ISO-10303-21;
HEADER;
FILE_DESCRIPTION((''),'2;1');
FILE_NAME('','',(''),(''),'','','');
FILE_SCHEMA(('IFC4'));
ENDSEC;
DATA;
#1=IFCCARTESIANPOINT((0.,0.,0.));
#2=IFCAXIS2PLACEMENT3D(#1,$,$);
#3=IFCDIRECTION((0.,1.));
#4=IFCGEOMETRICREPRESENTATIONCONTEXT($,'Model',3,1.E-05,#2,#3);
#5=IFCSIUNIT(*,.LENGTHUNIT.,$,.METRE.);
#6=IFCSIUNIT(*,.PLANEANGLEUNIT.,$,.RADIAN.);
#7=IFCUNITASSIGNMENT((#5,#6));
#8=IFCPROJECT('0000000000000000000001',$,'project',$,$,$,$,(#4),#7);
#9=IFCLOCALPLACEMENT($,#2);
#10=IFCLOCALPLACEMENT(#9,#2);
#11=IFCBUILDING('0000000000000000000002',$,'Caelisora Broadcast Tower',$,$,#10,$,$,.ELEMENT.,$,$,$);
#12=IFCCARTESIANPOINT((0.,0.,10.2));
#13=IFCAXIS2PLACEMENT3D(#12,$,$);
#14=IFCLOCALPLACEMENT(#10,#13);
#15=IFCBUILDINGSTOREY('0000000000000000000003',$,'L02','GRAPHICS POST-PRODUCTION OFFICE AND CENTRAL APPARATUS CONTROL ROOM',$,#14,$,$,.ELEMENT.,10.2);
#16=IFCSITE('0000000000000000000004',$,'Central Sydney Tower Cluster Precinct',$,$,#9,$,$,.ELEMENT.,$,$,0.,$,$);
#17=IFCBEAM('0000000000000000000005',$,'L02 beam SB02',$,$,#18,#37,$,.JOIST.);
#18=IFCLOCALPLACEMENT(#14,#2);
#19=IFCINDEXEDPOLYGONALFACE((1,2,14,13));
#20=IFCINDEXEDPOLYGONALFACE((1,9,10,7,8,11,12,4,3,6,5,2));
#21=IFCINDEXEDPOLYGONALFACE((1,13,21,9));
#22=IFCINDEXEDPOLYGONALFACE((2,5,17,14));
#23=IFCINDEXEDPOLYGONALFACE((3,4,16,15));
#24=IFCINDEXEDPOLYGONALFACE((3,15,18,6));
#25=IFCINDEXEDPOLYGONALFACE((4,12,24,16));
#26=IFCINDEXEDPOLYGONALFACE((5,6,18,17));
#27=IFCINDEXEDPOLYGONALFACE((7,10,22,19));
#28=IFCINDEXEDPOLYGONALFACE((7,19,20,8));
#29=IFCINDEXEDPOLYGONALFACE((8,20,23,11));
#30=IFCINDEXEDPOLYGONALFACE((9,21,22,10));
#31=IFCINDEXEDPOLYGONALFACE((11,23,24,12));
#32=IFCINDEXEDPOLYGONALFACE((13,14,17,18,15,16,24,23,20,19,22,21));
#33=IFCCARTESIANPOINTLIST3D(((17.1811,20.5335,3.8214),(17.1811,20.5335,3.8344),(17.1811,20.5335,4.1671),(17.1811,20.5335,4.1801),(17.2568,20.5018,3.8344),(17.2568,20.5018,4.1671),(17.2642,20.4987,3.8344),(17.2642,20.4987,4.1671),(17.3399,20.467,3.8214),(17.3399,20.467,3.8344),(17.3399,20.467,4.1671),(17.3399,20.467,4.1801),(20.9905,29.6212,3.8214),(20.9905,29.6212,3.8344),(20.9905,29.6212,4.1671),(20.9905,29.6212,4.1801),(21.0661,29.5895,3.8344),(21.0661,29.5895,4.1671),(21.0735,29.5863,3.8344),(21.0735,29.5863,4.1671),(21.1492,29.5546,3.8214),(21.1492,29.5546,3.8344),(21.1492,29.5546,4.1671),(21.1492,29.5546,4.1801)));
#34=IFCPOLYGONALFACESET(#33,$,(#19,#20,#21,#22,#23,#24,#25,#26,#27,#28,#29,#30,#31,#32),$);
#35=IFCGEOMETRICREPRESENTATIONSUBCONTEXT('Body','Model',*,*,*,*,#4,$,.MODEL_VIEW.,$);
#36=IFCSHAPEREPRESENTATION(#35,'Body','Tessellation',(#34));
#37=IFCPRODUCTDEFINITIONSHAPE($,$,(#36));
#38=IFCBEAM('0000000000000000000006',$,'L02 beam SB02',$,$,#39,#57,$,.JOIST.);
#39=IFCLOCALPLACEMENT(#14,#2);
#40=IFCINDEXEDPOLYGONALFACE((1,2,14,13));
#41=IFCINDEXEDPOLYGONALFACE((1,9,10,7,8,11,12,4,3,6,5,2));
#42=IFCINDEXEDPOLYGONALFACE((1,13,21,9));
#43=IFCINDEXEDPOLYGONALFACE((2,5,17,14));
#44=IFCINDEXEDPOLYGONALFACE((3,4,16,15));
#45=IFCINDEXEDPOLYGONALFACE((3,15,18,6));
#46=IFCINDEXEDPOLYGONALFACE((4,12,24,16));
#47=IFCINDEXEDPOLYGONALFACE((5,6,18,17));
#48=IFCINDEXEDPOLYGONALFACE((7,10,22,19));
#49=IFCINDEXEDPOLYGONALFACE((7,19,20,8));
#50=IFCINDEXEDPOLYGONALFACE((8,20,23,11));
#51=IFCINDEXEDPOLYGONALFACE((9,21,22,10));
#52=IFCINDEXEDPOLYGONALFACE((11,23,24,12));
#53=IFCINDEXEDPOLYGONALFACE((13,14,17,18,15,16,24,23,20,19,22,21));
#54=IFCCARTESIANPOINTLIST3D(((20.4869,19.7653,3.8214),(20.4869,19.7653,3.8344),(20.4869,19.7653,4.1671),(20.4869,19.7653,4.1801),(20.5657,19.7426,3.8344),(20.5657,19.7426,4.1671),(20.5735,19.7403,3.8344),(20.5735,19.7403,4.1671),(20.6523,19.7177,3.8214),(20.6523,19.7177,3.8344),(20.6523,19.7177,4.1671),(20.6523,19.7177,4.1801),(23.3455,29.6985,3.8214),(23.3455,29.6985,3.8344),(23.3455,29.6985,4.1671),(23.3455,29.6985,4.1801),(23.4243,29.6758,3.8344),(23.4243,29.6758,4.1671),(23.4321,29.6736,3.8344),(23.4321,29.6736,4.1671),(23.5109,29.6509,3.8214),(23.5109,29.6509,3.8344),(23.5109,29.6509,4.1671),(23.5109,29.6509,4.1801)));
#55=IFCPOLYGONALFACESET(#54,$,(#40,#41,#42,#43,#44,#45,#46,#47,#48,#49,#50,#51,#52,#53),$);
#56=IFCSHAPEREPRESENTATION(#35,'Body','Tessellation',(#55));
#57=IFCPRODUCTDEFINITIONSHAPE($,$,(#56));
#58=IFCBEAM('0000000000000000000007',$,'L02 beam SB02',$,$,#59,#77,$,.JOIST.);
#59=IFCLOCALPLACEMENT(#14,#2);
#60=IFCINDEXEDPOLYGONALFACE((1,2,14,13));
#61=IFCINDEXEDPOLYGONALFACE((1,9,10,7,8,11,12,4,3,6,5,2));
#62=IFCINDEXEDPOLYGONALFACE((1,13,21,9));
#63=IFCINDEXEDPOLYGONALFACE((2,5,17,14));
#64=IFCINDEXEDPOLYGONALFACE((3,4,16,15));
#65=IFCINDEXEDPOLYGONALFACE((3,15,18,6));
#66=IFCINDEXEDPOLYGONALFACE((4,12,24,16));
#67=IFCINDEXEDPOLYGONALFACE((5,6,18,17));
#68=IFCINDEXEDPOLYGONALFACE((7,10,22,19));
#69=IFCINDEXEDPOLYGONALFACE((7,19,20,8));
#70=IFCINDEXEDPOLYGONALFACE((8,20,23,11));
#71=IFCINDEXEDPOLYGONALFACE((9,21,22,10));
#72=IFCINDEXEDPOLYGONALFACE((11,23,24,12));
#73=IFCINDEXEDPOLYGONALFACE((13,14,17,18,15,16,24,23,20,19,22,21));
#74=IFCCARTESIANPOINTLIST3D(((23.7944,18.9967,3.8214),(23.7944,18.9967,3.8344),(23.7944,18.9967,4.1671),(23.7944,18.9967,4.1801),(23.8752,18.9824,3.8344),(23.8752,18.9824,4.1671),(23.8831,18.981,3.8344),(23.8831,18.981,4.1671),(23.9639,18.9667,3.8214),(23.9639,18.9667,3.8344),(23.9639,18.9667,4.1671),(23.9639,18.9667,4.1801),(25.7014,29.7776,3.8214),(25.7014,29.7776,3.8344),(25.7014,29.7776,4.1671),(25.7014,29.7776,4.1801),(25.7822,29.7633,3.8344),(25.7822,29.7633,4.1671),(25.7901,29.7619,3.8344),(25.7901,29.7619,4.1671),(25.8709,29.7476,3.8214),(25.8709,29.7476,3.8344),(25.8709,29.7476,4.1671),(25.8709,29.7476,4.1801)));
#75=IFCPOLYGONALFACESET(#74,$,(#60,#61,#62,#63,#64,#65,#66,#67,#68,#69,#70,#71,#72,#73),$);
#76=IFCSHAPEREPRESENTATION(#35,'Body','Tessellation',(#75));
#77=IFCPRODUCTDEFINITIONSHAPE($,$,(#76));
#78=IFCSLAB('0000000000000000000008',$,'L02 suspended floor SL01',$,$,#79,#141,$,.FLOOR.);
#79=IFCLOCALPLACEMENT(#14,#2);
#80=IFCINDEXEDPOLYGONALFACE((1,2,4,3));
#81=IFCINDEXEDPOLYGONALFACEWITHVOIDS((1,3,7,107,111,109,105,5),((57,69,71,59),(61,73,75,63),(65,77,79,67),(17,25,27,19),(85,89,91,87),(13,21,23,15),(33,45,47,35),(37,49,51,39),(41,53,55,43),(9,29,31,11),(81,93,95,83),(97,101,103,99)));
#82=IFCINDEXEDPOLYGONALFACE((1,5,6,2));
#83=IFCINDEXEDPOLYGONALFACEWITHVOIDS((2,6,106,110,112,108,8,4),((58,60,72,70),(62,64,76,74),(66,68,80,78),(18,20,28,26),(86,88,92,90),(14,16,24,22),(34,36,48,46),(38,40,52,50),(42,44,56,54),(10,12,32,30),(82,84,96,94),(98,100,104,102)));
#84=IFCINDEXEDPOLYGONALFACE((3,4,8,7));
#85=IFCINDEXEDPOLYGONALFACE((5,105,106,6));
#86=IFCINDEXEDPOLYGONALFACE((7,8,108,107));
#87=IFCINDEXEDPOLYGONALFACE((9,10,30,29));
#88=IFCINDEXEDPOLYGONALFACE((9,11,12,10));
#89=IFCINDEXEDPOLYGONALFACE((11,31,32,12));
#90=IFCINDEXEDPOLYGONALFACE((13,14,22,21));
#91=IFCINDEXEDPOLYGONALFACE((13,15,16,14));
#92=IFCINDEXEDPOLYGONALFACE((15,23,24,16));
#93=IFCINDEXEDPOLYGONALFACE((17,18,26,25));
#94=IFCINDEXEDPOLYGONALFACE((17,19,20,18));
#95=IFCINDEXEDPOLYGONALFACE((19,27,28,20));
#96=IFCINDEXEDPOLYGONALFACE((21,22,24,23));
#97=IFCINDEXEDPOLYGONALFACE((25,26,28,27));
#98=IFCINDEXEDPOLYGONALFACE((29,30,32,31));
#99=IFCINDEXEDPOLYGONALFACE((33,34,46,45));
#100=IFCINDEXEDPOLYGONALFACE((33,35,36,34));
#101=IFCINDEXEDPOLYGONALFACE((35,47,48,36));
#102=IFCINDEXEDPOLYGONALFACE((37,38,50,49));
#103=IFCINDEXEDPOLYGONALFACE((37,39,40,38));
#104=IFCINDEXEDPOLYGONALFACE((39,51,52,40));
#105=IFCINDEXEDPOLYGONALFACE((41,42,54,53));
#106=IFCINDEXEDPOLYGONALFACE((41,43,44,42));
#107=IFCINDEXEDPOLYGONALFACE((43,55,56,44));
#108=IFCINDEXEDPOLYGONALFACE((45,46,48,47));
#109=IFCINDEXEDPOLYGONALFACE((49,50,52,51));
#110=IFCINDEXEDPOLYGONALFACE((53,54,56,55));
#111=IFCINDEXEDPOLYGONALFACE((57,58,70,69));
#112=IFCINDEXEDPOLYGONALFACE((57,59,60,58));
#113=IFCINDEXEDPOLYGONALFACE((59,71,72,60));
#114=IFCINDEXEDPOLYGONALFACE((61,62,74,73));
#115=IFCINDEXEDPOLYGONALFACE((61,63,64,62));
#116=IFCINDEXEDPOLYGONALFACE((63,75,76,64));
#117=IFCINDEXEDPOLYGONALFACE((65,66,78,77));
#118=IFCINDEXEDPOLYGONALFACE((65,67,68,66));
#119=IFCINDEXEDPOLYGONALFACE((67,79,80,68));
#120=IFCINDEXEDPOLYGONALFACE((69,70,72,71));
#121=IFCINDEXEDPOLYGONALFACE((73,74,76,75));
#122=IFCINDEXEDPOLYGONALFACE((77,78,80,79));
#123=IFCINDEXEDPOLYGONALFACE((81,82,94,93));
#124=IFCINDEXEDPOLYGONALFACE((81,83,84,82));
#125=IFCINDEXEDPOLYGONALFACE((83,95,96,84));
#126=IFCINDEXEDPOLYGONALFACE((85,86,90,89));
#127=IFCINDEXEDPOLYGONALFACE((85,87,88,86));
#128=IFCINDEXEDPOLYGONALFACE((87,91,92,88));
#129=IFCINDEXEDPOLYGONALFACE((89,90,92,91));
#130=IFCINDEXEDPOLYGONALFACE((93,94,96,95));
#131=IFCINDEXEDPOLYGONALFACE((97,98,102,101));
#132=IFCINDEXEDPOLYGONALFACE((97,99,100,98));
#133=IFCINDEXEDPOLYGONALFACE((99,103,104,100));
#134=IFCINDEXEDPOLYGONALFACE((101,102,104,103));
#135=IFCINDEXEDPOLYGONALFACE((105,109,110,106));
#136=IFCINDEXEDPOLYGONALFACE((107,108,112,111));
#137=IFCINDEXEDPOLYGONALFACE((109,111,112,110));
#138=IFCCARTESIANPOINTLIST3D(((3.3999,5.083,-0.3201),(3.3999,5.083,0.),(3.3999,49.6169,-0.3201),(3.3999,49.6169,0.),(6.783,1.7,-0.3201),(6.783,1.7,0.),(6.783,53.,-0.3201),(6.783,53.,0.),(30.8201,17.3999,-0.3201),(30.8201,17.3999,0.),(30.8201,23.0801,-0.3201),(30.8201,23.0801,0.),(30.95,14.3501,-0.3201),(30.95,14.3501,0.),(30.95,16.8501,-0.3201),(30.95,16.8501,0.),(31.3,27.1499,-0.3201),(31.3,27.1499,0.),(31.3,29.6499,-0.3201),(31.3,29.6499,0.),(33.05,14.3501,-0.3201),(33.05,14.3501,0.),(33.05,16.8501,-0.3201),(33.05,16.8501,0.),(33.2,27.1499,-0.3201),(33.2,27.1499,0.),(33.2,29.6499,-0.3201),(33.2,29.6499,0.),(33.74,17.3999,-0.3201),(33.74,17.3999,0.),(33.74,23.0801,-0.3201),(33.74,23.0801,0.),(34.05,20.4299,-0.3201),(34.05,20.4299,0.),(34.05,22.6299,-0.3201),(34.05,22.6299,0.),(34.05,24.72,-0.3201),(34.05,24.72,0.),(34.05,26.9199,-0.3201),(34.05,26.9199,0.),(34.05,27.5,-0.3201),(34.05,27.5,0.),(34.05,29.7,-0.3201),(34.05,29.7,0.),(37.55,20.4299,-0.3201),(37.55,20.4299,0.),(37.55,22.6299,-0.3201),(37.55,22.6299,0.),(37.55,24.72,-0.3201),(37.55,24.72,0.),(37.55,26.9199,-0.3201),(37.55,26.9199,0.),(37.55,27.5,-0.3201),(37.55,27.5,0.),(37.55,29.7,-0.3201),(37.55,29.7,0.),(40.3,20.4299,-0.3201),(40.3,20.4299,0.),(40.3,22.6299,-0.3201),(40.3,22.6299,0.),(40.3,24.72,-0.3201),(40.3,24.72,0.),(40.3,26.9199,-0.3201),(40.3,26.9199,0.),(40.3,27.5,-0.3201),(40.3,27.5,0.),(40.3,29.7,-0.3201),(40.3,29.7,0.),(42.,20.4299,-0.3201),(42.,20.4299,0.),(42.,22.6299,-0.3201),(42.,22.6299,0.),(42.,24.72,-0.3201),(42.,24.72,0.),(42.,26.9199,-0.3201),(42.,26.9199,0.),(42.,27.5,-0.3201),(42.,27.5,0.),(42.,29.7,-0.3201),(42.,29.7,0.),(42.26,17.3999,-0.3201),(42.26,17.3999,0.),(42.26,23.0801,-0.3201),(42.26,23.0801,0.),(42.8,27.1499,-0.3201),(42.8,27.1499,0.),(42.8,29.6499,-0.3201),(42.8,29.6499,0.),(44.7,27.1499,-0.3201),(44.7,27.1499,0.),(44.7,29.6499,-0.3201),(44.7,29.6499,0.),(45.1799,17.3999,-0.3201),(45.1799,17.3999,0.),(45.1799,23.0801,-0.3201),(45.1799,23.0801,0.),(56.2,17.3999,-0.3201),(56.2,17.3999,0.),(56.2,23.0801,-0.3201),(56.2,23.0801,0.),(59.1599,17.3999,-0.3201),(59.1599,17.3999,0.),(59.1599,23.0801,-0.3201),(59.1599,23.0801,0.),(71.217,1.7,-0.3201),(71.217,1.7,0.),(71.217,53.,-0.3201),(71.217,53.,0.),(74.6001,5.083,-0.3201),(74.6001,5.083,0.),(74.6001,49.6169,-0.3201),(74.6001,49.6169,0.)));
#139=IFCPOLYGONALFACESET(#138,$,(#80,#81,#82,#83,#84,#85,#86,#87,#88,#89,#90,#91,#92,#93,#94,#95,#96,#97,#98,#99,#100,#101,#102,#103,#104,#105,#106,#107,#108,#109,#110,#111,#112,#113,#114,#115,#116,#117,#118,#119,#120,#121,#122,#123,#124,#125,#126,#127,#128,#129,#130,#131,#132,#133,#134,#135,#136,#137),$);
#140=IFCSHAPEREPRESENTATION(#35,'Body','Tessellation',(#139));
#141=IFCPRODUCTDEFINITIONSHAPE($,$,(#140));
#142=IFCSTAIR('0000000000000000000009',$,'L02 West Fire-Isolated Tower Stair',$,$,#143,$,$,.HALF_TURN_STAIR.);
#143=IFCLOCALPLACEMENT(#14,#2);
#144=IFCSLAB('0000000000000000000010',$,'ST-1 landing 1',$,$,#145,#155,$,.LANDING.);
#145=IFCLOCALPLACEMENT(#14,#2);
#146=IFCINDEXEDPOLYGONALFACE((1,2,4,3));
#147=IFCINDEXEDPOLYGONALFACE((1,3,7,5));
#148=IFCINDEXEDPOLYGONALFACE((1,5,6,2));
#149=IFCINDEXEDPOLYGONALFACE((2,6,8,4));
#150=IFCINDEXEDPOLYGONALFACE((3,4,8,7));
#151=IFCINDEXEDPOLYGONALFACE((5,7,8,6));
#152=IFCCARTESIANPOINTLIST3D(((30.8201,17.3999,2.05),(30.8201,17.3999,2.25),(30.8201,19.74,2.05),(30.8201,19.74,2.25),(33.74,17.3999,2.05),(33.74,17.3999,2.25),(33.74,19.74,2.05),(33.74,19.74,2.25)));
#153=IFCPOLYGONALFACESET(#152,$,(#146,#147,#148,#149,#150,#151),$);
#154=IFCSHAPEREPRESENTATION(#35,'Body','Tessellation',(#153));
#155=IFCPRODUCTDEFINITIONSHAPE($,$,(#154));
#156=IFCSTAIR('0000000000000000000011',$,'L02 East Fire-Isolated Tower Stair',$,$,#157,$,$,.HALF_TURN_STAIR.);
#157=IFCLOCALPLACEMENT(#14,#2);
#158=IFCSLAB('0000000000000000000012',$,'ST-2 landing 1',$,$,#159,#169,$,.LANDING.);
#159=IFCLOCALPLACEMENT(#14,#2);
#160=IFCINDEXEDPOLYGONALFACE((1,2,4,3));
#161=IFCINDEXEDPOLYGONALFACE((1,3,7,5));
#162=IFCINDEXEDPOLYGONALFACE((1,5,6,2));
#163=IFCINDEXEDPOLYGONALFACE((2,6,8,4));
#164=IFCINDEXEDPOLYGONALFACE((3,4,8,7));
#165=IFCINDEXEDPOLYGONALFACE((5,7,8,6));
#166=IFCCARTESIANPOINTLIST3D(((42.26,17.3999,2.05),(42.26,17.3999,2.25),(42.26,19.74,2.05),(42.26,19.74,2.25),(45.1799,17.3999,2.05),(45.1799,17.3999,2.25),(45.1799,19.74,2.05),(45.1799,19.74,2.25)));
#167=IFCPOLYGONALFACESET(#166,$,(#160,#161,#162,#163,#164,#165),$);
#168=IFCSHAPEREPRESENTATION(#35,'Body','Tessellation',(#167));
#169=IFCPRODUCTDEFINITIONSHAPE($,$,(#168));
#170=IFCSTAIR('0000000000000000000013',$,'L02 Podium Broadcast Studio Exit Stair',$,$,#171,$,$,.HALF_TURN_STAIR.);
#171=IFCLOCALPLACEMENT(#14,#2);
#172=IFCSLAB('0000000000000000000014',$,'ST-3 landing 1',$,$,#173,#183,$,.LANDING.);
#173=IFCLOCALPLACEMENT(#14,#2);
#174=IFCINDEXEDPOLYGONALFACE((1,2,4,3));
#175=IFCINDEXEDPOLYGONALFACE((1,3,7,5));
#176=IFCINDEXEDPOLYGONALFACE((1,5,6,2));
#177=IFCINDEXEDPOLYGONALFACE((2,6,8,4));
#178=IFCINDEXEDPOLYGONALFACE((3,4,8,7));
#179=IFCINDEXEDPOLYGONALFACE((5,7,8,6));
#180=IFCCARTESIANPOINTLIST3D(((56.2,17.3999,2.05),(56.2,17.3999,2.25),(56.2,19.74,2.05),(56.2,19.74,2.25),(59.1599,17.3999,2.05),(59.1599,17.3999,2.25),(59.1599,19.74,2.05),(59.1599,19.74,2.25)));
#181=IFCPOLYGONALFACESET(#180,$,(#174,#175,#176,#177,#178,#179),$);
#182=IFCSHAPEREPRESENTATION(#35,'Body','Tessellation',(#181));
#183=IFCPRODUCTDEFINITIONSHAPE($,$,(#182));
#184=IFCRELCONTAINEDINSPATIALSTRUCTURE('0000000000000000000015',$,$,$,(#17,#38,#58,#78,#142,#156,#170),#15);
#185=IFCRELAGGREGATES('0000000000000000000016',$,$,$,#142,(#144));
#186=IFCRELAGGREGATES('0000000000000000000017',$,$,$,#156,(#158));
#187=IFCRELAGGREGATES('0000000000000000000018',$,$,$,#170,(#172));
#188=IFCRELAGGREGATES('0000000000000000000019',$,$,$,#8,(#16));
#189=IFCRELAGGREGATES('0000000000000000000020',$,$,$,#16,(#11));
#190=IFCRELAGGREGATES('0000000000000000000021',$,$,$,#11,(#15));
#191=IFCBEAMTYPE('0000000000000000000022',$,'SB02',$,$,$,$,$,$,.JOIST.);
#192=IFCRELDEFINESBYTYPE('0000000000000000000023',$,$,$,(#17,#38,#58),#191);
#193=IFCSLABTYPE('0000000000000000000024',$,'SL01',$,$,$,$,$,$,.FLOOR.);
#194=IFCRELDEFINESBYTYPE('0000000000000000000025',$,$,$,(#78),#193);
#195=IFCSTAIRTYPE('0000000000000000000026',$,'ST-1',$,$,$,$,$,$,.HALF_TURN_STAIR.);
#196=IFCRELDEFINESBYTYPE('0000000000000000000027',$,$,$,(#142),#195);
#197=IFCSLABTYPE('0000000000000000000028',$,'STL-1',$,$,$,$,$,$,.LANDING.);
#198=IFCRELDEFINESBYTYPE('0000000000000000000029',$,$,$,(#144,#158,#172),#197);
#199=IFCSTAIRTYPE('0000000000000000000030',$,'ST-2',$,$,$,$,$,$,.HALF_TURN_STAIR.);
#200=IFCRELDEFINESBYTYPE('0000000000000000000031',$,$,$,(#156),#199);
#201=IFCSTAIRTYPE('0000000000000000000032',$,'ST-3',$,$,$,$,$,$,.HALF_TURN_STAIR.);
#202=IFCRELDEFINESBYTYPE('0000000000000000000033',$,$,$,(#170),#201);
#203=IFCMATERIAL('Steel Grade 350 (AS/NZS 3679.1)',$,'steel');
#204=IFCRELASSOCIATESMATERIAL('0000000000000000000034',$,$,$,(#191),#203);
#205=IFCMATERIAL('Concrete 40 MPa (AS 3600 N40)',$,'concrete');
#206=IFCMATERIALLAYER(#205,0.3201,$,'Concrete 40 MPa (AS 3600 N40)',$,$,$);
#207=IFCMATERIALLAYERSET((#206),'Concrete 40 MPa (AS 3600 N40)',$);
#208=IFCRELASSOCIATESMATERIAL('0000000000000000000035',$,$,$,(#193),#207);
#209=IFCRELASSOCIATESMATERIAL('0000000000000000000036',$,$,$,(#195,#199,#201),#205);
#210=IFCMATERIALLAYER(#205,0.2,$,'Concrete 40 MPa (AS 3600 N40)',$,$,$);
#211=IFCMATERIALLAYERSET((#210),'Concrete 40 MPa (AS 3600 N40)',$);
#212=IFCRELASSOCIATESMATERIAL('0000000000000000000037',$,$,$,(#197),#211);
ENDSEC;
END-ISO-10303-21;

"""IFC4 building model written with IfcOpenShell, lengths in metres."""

from ifc_helpers import new_model, si_unit, direction, frame, origin, origin_2d, place, context, subcontext, project, spatial, polyline, i_section, outline, extrude, source, transform, mapped, material, layer, layer_set, material_profile, profile_set, type_object, type_shapes, element, aggregate, save


model = new_model("IFC4")

# Units and contexts
model_context = context("Model", 3, precision=1e-05, world=origin(), true_north=direction((0.0, 1.0)))
body_context = subcontext(model_context, "Body", "Model", "MODEL_VIEW")
ifc_project = project(units=[si_unit("LENGTHUNIT", "METRE"), si_unit("PLANEANGLEUNIT", "RADIAN")], contexts=[model_context])

# Site, building, storey
site_placement = place(None, origin())
site = spatial("IfcSite", under=ifc_project, at=site_placement, Name="Central Sydney Tower Cluster Precinct", CompositionType="ELEMENT", RefElevation=0.0)
building_placement = place(site_placement, origin())
building = spatial("IfcBuilding", under=site, at=building_placement, Name="Caelisora Broadcast Tower", CompositionType="ELEMENT")
storey_placement = place(building_placement, frame((0.0, 0.0, 10.2)))
storey = spatial("IfcBuildingStorey", under=building, at=storey_placement, Name="L02", Description="GRAPHICS POST-PRODUCTION OFFICE AND CENTRAL APPARATUS CONTROL ROOM", CompositionType="ELEMENT", Elevation=10.2)

# Beams
ifc_material_1 = material(Name="Steel Grade 350 (AS/NZS 3679.1)", Category="steel")
ifc_material_profile_1 = material_profile(ifc_material_1, i_section(OverallWidth=0.1721, OverallDepth=0.3586, WebThickness=0.0081, FlangeThickness=0.0129, at=origin_2d()), Name="Steel Grade 350 (AS/NZS 3679.1)")
ifc_profile_set_1 = profile_set([ifc_material_profile_1], Name="Steel Grade 350 (AS/NZS 3679.1)")
beam_type_1 = type_object("IfcBeamType", Name="SB02", PredefinedType="JOIST", material=ifc_profile_set_1)
shared_shape_1 = source(origin(), body_context, "Body", "SweptSolid", [
    extrude(i_section(OverallWidth=0.1721, OverallDepth=0.3586, WebThickness=0.0081, FlangeThickness=0.0129, at=origin_2d()), origin(), (0.0, 0.0, 1.0), 9.8538),
])
beam_1_placement = place(storey_placement, frame((17.2605, 20.5002, 4.0007), z_axis=(0.386587, 0.922253, 0.0), x_axis=(-0.922253, 0.386587, 0.0)))
element("IfcBeam", 1, at=beam_1_placement, inside=storey, type_object=beam_type_1, Name="L02 beam SB02", PredefinedType="JOIST", context=body_context, shape_type="MappedRepresentation", body=[
    mapped(shared_shape_1, transform((0.0, 0.0, 0.0), scale=1.0)),
])
shared_shape_2 = source(origin(), body_context, "Body", "SweptSolid", [
    extrude(i_section(OverallWidth=0.1721, OverallDepth=0.3586, WebThickness=0.0081, FlangeThickness=0.0129, at=origin_2d()), origin(), (0.0, 0.0, 1.0), 10.3364),
])
beam_2_placement = place(storey_placement, frame((20.5696, 19.7415, 4.0007), z_axis=(0.276558, 0.960997, 0.0), x_axis=(-0.960997, 0.276558, 0.0)))
element("IfcBeam", 2, at=beam_2_placement, inside=storey, type_object=beam_type_1, Name="L02 beam SB02", PredefinedType="JOIST", context=body_context, shape_type="MappedRepresentation", body=[
    mapped(shared_shape_2, transform((0.0, 0.0, 0.0), scale=1.0)),
])
shared_shape_3 = source(origin(), body_context, "Body", "SweptSolid", [
    extrude(i_section(OverallWidth=0.1721, OverallDepth=0.3586, WebThickness=0.0081, FlangeThickness=0.0129, at=origin_2d()), origin(), (0.0, 0.0, 1.0), 10.9482),
])
type_shapes(beam_type_1, [shared_shape_1, shared_shape_2, shared_shape_3])
beam_3_placement = place(storey_placement, frame((23.8792, 18.9817, 4.0007), z_axis=(0.174183, 0.984713, 0.0), x_axis=(-0.984713, 0.174183, 0.0)))
element("IfcBeam", 3, at=beam_3_placement, inside=storey, type_object=beam_type_1, Name="L02 beam SB02", PredefinedType="JOIST", context=body_context, shape_type="MappedRepresentation", body=[
    mapped(shared_shape_3, transform((0.0, 0.0, 0.0), scale=1.0)),
])

# Slab
ifc_material_2 = material(Name="Concrete 40 MPa (AS 3600 N40)", Category="concrete")
ifc_layer_1 = layer(ifc_material_2, 0.3201, Name="Concrete 40 MPa (AS 3600 N40)")
ifc_layer_set_1 = layer_set([ifc_layer_1], Name="Concrete 40 MPa (AS 3600 N40)")
slab_type_1 = type_object("IfcSlabType", Name="SL01", PredefinedType="FLOOR", material=ifc_layer_set_1)
slab_1_placement = place(storey_placement, frame((0.0, 0.0, -0.3201)))
element("IfcSlab", 4, at=slab_1_placement, inside=storey, type_object=slab_type_1, Name="L02 suspended floor SL01", PredefinedType="FLOOR", context=body_context, shape_type="SweptSolid", body=[
    extrude(outline(polyline([(6.783, 1.7), (3.3999, 5.083), (3.3999, 49.6169), (6.783, 53.0), (71.217, 53.0), (74.6001, 49.6169), (74.6001, 5.083), (71.217, 1.7), (6.783, 1.7)]), holes=[polyline([(30.8201, 17.3999), (33.74, 17.3999), (33.74, 23.0801), (30.8201, 23.0801), (30.8201, 17.3999)]), polyline([(42.26, 17.3999), (45.1799, 17.3999), (45.1799, 23.0801), (42.26, 23.0801), (42.26, 17.3999)]), polyline([(56.2, 17.3999), (59.1599, 17.3999), (59.1599, 23.0801), (56.2, 23.0801), (56.2, 17.3999)]), polyline([(42.8, 27.1499), (44.7, 27.1499), (44.7, 29.6499), (42.8, 29.6499), (42.8, 27.1499)]), polyline([(40.3, 20.4299), (42.0, 20.4299), (42.0, 22.6299), (40.3, 22.6299), (40.3, 20.4299)]), polyline([(40.3, 24.72), (42.0, 24.72), (42.0, 26.9199), (40.3, 26.9199), (40.3, 24.72)]), polyline([(40.3, 27.5), (42.0, 27.5), (42.0, 29.7), (40.3, 29.7), (40.3, 27.5)]), polyline([(34.05, 27.5), (37.55, 27.5), (37.55, 29.7), (34.05, 29.7), (34.05, 27.5)]), polyline([(34.05, 20.4299), (37.55, 20.4299), (37.55, 22.6299), (34.05, 22.6299), (34.05, 20.4299)]), polyline([(34.05, 24.72), (37.55, 24.72), (37.55, 26.9199), (34.05, 26.9199), (34.05, 24.72)]), polyline([(31.3, 27.1499), (33.2, 27.1499), (33.2, 29.6499), (31.3, 29.6499), (31.3, 27.1499)]), polyline([(30.95, 14.3501), (33.05, 14.3501), (33.05, 16.8501), (30.95, 16.8501), (30.95, 14.3501)])]), origin(), (0.0, 0.0, 1.0), 0.3201),
])

# Stairs, slabs
stair_type_1 = type_object("IfcStairType", Name="ST-1", PredefinedType="HALF_TURN_STAIR", material=ifc_material_2)
stair_1_placement = place(storey_placement, origin())
stair_1 = element("IfcStair", 5, at=stair_1_placement, inside=storey, type_object=stair_type_1, Name="L02 West Fire-Isolated Tower Stair", PredefinedType="HALF_TURN_STAIR")
ifc_layer_2 = layer(ifc_material_2, 0.2, Name="Concrete 40 MPa (AS 3600 N40)")
ifc_layer_set_2 = layer_set([ifc_layer_2], Name="Concrete 40 MPa (AS 3600 N40)")
slab_type_2 = type_object("IfcSlabType", Name="STL-1", PredefinedType="LANDING", material=ifc_layer_set_2)
slab_2_placement = place(storey_placement, frame((0.0, 0.0, 2.05)))
slab_2 = element("IfcSlab", 6, at=slab_2_placement, type_object=slab_type_2, Name="ST-1 landing 1", PredefinedType="LANDING", context=body_context, shape_type="SweptSolid", body=[
    extrude(outline(polyline([(30.8201, 19.74), (30.8201, 17.3999), (33.74, 17.3999), (33.74, 19.74), (30.8201, 19.74)])), origin(), (0.0, 0.0, 1.0), 0.2),
])
aggregate(stair_1, [slab_2])
stair_type_2 = type_object("IfcStairType", Name="ST-2", PredefinedType="HALF_TURN_STAIR", material=ifc_material_2)
stair_2_placement = place(storey_placement, origin())
stair_2 = element("IfcStair", 7, at=stair_2_placement, inside=storey, type_object=stair_type_2, Name="L02 East Fire-Isolated Tower Stair", PredefinedType="HALF_TURN_STAIR")
slab_3_placement = place(storey_placement, frame((0.0, 0.0, 2.05)))
slab_3 = element("IfcSlab", 8, at=slab_3_placement, type_object=slab_type_2, Name="ST-2 landing 1", PredefinedType="LANDING", context=body_context, shape_type="SweptSolid", body=[
    extrude(outline(polyline([(42.26, 19.74), (42.26, 17.3999), (45.1799, 17.3999), (45.1799, 19.74), (42.26, 19.74)])), origin(), (0.0, 0.0, 1.0), 0.2),
])
aggregate(stair_2, [slab_3])
stair_type_3 = type_object("IfcStairType", Name="ST-3", PredefinedType="HALF_TURN_STAIR", material=ifc_material_2)
stair_3_placement = place(storey_placement, origin())
stair_3 = element("IfcStair", 9, at=stair_3_placement, inside=storey, type_object=stair_type_3, Name="L02 Podium Broadcast Studio Exit Stair", PredefinedType="HALF_TURN_STAIR")
slab_4_placement = place(storey_placement, frame((0.0, 0.0, 2.05)))
slab_4 = element("IfcSlab", 10, at=slab_4_placement, type_object=slab_type_2, Name="ST-3 landing 1", PredefinedType="LANDING", context=body_context, shape_type="SweptSolid", body=[
    extrude(outline(polyline([(56.2, 19.74), (56.2, 17.3999), (59.1599, 17.3999), (59.1599, 19.74), (56.2, 19.74)])), origin(), (0.0, 0.0, 1.0), 0.2),
])
aggregate(stair_3, [slab_4])

save(model, "model.ifc")
